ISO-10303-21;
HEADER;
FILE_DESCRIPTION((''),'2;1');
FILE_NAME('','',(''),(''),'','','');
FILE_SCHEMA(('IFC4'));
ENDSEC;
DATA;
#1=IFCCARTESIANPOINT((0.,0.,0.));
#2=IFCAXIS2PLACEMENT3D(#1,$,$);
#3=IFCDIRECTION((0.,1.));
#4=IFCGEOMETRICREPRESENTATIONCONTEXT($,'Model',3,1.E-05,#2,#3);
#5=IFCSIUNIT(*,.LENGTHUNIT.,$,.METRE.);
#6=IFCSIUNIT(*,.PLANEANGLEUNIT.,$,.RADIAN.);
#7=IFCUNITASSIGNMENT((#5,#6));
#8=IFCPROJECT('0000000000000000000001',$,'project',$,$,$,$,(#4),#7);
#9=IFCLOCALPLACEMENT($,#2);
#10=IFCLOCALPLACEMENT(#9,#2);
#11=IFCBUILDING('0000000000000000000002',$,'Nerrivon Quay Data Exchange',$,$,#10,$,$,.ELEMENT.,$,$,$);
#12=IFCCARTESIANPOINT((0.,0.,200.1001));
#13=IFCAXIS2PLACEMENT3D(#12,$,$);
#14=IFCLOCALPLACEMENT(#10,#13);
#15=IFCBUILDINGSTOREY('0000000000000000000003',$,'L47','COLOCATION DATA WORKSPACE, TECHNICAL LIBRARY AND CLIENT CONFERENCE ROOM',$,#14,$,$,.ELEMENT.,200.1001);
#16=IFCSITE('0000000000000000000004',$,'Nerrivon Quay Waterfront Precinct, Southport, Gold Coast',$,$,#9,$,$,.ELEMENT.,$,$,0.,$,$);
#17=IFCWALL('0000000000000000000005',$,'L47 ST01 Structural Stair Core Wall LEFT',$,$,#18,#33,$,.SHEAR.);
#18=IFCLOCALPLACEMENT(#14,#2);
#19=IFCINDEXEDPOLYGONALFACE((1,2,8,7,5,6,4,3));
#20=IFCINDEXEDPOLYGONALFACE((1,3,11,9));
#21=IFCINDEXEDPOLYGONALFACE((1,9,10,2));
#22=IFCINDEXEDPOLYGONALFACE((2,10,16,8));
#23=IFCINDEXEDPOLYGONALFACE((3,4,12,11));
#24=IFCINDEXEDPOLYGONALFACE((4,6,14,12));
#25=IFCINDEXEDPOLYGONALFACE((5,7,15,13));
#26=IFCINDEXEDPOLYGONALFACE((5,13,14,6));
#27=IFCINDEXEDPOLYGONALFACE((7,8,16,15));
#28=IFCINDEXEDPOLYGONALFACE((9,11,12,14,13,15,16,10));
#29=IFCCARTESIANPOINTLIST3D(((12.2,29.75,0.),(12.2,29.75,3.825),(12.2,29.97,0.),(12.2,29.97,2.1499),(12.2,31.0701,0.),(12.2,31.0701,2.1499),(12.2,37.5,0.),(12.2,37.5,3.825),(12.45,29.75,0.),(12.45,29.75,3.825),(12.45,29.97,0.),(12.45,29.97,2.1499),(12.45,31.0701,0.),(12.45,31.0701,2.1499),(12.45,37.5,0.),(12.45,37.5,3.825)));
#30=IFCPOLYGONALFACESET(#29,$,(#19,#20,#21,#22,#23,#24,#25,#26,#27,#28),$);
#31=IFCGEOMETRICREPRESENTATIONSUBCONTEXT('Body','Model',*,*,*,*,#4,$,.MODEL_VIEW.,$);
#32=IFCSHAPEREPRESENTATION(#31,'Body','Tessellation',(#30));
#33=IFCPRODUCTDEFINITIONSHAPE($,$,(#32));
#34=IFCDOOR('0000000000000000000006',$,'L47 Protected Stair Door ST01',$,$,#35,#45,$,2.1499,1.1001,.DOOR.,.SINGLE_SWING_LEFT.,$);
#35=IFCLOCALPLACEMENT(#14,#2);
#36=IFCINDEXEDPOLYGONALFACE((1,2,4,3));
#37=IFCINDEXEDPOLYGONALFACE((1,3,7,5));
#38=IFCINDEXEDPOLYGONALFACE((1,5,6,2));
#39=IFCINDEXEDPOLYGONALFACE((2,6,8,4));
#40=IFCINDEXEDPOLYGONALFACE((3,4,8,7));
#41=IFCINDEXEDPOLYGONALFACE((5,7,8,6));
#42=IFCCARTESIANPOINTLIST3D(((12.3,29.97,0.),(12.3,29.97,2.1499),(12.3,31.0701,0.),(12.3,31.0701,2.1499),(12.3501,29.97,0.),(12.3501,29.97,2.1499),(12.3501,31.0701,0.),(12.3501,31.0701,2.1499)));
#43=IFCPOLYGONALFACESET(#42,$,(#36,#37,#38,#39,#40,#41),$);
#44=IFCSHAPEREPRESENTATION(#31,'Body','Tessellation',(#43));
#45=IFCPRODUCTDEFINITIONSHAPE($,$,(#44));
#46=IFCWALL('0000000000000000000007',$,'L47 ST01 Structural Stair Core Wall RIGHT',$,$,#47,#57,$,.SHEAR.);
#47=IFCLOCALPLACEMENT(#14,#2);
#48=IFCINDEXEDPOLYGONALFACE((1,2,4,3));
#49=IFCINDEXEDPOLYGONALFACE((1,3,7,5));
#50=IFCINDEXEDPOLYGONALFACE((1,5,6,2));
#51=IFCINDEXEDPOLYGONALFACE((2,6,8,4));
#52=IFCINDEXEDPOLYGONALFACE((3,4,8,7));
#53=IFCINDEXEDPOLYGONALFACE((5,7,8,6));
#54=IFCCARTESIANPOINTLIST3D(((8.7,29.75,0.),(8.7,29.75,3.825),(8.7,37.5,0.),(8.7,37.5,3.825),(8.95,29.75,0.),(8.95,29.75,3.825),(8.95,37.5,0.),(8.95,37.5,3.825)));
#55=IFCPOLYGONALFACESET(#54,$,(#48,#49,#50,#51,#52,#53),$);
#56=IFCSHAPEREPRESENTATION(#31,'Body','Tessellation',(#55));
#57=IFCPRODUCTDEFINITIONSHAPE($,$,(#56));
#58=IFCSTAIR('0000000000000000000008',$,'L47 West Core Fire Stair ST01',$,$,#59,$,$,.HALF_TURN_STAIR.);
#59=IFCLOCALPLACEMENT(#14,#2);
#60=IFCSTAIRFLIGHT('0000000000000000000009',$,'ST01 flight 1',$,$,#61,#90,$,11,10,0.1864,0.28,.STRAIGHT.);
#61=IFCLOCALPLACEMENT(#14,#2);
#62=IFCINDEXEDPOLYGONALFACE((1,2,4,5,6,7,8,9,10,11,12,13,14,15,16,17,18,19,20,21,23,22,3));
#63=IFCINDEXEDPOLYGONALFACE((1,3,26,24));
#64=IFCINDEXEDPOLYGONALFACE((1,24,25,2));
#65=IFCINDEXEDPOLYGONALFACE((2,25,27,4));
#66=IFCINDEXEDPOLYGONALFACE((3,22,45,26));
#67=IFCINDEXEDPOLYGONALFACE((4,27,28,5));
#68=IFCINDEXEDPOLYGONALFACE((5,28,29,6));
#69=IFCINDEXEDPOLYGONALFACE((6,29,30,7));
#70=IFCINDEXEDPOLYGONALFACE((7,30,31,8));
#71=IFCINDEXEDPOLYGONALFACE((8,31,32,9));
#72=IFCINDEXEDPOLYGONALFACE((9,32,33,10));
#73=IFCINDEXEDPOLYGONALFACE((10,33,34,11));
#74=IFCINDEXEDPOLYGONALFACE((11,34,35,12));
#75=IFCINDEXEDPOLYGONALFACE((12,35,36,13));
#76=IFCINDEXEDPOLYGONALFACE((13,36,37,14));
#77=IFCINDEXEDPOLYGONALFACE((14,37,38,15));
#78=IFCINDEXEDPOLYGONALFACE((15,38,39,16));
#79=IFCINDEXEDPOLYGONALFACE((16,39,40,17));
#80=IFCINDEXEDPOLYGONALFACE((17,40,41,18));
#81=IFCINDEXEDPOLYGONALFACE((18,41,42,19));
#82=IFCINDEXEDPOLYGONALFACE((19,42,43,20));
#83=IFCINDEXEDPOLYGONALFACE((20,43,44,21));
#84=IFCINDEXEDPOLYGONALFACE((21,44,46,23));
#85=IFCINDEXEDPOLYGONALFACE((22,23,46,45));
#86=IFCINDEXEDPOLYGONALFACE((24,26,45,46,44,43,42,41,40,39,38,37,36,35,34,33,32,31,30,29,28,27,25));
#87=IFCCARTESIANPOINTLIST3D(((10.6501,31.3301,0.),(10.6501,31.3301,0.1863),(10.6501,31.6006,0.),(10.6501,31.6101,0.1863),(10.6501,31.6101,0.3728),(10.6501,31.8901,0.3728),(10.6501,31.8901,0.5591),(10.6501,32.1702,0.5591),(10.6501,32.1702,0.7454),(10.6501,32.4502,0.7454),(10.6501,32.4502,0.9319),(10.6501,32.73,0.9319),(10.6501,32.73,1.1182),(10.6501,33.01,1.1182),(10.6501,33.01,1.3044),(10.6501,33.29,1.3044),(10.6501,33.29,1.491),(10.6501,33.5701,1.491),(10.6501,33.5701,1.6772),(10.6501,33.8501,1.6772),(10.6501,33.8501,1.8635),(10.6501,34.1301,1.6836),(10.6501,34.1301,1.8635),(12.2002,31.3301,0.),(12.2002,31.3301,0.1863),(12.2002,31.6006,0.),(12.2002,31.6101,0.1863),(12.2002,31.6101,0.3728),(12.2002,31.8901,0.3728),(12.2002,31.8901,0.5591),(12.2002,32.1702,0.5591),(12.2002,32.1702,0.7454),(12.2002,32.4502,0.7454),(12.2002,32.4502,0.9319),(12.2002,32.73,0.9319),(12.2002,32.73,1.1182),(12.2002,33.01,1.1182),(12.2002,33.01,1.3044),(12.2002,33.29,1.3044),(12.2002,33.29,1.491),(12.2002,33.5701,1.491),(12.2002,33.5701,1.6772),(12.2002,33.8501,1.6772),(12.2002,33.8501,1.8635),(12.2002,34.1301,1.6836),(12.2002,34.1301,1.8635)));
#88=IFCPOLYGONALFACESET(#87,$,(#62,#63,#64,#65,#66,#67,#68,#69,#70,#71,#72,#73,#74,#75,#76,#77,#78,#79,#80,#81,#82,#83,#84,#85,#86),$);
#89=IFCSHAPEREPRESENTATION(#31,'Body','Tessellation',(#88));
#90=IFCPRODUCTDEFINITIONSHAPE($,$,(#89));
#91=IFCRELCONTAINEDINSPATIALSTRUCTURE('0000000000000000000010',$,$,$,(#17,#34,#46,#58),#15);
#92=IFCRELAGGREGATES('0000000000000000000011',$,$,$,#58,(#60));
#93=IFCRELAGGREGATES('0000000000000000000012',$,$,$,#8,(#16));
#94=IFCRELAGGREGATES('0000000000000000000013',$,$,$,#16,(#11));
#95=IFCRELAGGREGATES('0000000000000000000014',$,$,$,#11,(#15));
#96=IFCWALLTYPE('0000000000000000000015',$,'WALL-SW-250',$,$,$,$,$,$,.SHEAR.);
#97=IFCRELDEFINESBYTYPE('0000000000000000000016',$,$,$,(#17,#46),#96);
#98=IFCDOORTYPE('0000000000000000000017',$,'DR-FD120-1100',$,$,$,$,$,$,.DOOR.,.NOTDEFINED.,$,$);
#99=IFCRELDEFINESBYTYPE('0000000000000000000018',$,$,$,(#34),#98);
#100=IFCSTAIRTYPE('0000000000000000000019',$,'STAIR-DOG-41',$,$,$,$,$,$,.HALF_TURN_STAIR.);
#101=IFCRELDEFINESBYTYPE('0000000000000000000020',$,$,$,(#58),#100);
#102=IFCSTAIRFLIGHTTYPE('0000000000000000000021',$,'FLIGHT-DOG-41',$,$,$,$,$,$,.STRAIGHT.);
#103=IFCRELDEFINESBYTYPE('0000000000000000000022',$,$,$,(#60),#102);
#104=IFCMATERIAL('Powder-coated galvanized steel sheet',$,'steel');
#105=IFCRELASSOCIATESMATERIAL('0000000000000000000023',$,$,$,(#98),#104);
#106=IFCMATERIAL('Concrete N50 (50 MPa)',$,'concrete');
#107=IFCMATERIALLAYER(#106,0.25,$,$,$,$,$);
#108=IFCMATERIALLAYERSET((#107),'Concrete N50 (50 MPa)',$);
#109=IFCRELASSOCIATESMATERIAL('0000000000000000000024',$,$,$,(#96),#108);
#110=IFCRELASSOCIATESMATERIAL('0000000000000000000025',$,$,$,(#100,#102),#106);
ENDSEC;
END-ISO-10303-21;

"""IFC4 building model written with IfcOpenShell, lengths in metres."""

from ifc_helpers import new_model, si_unit, direction, frame, frame_2d, origin, place, context, subcontext, project, spatial, polyline, rectangle, outline, extrude, material, layer, layer_set, type_object, element, fill, aggregate, save


model = new_model("IFC4")

# Units and contexts
model_context = context("Model", 3, precision=1e-05, world=origin(), true_north=direction((0.0, 1.0)))
body_context = subcontext(model_context, "Body", "Model", "MODEL_VIEW")
ifc_project = project(units=[si_unit("LENGTHUNIT", "METRE"), si_unit("PLANEANGLEUNIT", "RADIAN")], contexts=[model_context])

# Site, building, storey
site_placement = place(None, origin())
site = spatial("IfcSite", under=ifc_project, at=site_placement, Name="Nerrivon Quay Waterfront Precinct, Southport, Gold Coast", CompositionType="ELEMENT", RefElevation=0.0)
building_placement = place(site_placement, origin())
building = spatial("IfcBuilding", under=site, at=building_placement, Name="Nerrivon Quay Data Exchange", CompositionType="ELEMENT")
storey_placement = place(building_placement, frame((0.0, 0.0, 200.1001)))
storey = spatial("IfcBuildingStorey", under=building, at=storey_placement, Name="L47", Description="COLOCATION DATA WORKSPACE, TECHNICAL LIBRARY AND CLIENT CONFERENCE ROOM", CompositionType="ELEMENT", Elevation=200.1001)

# Shared definitions
ifc_material_1 = material(Name="Powder-coated galvanized steel sheet", Category="steel")
door_type_1 = type_object("IfcDoorType", Name="DR-FD120-1100", OperationType="NOTDEFINED", PredefinedType="DOOR", material=ifc_material_1)

# Shared definitions
ifc_material_2 = material(Name="Concrete N50 (50 MPa)", Category="concrete")
ifc_layer_1 = layer(ifc_material_2, 0.25)
ifc_layer_set_1 = layer_set([ifc_layer_1], Name="Concrete N50 (50 MPa)")
wall_type_1 = type_object("IfcWallType", Name="WALL-SW-250", PredefinedType="SHEAR", material=ifc_layer_set_1)

# Wall, opening, door
wall_1_placement = place(storey_placement, frame((12.325, 29.75, 0.0), z_axis=(0.0, 0.0, 1.0), x_axis=(0.0, 1.0, 0.0)))
wall_1 = element("IfcWall", 1, at=wall_1_placement, inside=storey, type_object=wall_type_1, Name="L47 ST01 Structural Stair Core Wall LEFT", PredefinedType="SHEAR", context=body_context, shape_type="SweptSolid", body=[
    extrude(rectangle(XDim=7.75, YDim=0.25, at=frame_2d((3.875, 0.0))), origin(), (0.0, 0.0, 1.0), 3.825),
])
opening_1_placement = place(wall_1_placement, frame((0.22, 0.0, 0.0)))
opening_1 = element("IfcOpeningElement", 2, at=opening_1_placement, cuts=wall_1, PredefinedType="OPENING", context=body_context, shape_type="SweptSolid", body=[
    extrude(rectangle(XDim=1.1001, YDim=2.1499, at=frame_2d((0.55, 1.075))), frame((0.0, 0.135, 0.0), z_axis=(0.0, -1.0, 0.0), x_axis=(1.0, 0.0, 0.0)), (0.0, 0.0, 1.0), 0.27),
])
door_1_placement = place(opening_1_placement, origin())
door_1 = element("IfcDoor", 3, at=door_1_placement, inside=storey, type_object=door_type_1, Name="L47 Protected Stair Door ST01", OperationType="SINGLE_SWING_LEFT", OverallHeight=2.1499, OverallWidth=1.1001, PredefinedType="DOOR", context=body_context, shape_type="SweptSolid", body=[
    extrude(rectangle(XDim=1.1001, YDim=2.1499, at=frame_2d((0.55, 1.075))), frame((0.0, 0.0249, 0.0), z_axis=(0.0, -1.0, 0.0), x_axis=(1.0, 0.0, 0.0)), (0.0, 0.0, 1.0), 0.05),
])
fill(opening_1, door_1)

# Wall
wall_2_placement = place(storey_placement, frame((8.825, 29.75, 0.0), z_axis=(0.0, 0.0, 1.0), x_axis=(0.0, 1.0, 0.0)))
element("IfcWall", 4, at=wall_2_placement, inside=storey, type_object=wall_type_1, Name="L47 ST01 Structural Stair Core Wall RIGHT", PredefinedType="SHEAR", context=body_context, shape_type="SweptSolid", body=[
    extrude(rectangle(XDim=7.75, YDim=0.25, at=frame_2d((3.875, 0.0))), origin(), (0.0, 0.0, 1.0), 3.825),
])

# Stair, stair flight
stair_type = type_object("IfcStairType", Name="STAIR-DOG-41", PredefinedType="HALF_TURN_STAIR", material=ifc_material_2)
stair_placement = place(storey_placement, origin())
stair = element("IfcStair", 5, at=stair_placement, inside=storey, type_object=stair_type, Name="L47 West Core Fire Stair ST01", PredefinedType="HALF_TURN_STAIR")
stair_flight_type = type_object("IfcStairFlightType", Name="FLIGHT-DOG-41", PredefinedType="STRAIGHT", material=ifc_material_2)
stair_flight_placement = place(storey_placement, frame((11.425, 31.3301, 0.0), z_axis=(0.0, 0.0, 1.0), x_axis=(0.0, 1.0, 0.0)))
stair_flight = element("IfcStairFlight", 6, at=stair_flight_placement, type_object=stair_flight_type, Name="ST01 flight 1", NumberOfRisers=11, NumberOfTreads=10, PredefinedType="STRAIGHT", RiserHeight=0.1864, TreadLength=0.28, context=body_context, shape_type="SweptSolid", body=[
    extrude(outline(polyline([(0.0, 0.0), (0.0, 0.1863), (0.28, 0.1863), (0.28, 0.3728), (0.5601, 0.3728), (0.5601, 0.5591), (0.8401, 0.5591), (0.8401, 0.7454), (1.1201, 0.7454), (1.1201, 0.9319), (1.3999, 0.9319), (1.3999, 1.1182), (1.6799, 1.1182), (1.6799, 1.3044), (1.96, 1.3044), (1.96, 1.491), (2.24, 1.491), (2.24, 1.6772), (2.52, 1.6772), (2.52, 1.8635), (2.8, 1.8635), (2.8, 2.05), (2.8, 1.6836), (0.2705, 0.0), (0.0, 0.0)])), frame((0.0, 0.7749, 0.0), z_axis=(0.0, -1.0, 0.0), x_axis=(1.0, 0.0, 0.0)), (0.0, 0.0, 1.0), 1.55),
])
aggregate(stair, [stair_flight])

save(model, "model.ifc")
